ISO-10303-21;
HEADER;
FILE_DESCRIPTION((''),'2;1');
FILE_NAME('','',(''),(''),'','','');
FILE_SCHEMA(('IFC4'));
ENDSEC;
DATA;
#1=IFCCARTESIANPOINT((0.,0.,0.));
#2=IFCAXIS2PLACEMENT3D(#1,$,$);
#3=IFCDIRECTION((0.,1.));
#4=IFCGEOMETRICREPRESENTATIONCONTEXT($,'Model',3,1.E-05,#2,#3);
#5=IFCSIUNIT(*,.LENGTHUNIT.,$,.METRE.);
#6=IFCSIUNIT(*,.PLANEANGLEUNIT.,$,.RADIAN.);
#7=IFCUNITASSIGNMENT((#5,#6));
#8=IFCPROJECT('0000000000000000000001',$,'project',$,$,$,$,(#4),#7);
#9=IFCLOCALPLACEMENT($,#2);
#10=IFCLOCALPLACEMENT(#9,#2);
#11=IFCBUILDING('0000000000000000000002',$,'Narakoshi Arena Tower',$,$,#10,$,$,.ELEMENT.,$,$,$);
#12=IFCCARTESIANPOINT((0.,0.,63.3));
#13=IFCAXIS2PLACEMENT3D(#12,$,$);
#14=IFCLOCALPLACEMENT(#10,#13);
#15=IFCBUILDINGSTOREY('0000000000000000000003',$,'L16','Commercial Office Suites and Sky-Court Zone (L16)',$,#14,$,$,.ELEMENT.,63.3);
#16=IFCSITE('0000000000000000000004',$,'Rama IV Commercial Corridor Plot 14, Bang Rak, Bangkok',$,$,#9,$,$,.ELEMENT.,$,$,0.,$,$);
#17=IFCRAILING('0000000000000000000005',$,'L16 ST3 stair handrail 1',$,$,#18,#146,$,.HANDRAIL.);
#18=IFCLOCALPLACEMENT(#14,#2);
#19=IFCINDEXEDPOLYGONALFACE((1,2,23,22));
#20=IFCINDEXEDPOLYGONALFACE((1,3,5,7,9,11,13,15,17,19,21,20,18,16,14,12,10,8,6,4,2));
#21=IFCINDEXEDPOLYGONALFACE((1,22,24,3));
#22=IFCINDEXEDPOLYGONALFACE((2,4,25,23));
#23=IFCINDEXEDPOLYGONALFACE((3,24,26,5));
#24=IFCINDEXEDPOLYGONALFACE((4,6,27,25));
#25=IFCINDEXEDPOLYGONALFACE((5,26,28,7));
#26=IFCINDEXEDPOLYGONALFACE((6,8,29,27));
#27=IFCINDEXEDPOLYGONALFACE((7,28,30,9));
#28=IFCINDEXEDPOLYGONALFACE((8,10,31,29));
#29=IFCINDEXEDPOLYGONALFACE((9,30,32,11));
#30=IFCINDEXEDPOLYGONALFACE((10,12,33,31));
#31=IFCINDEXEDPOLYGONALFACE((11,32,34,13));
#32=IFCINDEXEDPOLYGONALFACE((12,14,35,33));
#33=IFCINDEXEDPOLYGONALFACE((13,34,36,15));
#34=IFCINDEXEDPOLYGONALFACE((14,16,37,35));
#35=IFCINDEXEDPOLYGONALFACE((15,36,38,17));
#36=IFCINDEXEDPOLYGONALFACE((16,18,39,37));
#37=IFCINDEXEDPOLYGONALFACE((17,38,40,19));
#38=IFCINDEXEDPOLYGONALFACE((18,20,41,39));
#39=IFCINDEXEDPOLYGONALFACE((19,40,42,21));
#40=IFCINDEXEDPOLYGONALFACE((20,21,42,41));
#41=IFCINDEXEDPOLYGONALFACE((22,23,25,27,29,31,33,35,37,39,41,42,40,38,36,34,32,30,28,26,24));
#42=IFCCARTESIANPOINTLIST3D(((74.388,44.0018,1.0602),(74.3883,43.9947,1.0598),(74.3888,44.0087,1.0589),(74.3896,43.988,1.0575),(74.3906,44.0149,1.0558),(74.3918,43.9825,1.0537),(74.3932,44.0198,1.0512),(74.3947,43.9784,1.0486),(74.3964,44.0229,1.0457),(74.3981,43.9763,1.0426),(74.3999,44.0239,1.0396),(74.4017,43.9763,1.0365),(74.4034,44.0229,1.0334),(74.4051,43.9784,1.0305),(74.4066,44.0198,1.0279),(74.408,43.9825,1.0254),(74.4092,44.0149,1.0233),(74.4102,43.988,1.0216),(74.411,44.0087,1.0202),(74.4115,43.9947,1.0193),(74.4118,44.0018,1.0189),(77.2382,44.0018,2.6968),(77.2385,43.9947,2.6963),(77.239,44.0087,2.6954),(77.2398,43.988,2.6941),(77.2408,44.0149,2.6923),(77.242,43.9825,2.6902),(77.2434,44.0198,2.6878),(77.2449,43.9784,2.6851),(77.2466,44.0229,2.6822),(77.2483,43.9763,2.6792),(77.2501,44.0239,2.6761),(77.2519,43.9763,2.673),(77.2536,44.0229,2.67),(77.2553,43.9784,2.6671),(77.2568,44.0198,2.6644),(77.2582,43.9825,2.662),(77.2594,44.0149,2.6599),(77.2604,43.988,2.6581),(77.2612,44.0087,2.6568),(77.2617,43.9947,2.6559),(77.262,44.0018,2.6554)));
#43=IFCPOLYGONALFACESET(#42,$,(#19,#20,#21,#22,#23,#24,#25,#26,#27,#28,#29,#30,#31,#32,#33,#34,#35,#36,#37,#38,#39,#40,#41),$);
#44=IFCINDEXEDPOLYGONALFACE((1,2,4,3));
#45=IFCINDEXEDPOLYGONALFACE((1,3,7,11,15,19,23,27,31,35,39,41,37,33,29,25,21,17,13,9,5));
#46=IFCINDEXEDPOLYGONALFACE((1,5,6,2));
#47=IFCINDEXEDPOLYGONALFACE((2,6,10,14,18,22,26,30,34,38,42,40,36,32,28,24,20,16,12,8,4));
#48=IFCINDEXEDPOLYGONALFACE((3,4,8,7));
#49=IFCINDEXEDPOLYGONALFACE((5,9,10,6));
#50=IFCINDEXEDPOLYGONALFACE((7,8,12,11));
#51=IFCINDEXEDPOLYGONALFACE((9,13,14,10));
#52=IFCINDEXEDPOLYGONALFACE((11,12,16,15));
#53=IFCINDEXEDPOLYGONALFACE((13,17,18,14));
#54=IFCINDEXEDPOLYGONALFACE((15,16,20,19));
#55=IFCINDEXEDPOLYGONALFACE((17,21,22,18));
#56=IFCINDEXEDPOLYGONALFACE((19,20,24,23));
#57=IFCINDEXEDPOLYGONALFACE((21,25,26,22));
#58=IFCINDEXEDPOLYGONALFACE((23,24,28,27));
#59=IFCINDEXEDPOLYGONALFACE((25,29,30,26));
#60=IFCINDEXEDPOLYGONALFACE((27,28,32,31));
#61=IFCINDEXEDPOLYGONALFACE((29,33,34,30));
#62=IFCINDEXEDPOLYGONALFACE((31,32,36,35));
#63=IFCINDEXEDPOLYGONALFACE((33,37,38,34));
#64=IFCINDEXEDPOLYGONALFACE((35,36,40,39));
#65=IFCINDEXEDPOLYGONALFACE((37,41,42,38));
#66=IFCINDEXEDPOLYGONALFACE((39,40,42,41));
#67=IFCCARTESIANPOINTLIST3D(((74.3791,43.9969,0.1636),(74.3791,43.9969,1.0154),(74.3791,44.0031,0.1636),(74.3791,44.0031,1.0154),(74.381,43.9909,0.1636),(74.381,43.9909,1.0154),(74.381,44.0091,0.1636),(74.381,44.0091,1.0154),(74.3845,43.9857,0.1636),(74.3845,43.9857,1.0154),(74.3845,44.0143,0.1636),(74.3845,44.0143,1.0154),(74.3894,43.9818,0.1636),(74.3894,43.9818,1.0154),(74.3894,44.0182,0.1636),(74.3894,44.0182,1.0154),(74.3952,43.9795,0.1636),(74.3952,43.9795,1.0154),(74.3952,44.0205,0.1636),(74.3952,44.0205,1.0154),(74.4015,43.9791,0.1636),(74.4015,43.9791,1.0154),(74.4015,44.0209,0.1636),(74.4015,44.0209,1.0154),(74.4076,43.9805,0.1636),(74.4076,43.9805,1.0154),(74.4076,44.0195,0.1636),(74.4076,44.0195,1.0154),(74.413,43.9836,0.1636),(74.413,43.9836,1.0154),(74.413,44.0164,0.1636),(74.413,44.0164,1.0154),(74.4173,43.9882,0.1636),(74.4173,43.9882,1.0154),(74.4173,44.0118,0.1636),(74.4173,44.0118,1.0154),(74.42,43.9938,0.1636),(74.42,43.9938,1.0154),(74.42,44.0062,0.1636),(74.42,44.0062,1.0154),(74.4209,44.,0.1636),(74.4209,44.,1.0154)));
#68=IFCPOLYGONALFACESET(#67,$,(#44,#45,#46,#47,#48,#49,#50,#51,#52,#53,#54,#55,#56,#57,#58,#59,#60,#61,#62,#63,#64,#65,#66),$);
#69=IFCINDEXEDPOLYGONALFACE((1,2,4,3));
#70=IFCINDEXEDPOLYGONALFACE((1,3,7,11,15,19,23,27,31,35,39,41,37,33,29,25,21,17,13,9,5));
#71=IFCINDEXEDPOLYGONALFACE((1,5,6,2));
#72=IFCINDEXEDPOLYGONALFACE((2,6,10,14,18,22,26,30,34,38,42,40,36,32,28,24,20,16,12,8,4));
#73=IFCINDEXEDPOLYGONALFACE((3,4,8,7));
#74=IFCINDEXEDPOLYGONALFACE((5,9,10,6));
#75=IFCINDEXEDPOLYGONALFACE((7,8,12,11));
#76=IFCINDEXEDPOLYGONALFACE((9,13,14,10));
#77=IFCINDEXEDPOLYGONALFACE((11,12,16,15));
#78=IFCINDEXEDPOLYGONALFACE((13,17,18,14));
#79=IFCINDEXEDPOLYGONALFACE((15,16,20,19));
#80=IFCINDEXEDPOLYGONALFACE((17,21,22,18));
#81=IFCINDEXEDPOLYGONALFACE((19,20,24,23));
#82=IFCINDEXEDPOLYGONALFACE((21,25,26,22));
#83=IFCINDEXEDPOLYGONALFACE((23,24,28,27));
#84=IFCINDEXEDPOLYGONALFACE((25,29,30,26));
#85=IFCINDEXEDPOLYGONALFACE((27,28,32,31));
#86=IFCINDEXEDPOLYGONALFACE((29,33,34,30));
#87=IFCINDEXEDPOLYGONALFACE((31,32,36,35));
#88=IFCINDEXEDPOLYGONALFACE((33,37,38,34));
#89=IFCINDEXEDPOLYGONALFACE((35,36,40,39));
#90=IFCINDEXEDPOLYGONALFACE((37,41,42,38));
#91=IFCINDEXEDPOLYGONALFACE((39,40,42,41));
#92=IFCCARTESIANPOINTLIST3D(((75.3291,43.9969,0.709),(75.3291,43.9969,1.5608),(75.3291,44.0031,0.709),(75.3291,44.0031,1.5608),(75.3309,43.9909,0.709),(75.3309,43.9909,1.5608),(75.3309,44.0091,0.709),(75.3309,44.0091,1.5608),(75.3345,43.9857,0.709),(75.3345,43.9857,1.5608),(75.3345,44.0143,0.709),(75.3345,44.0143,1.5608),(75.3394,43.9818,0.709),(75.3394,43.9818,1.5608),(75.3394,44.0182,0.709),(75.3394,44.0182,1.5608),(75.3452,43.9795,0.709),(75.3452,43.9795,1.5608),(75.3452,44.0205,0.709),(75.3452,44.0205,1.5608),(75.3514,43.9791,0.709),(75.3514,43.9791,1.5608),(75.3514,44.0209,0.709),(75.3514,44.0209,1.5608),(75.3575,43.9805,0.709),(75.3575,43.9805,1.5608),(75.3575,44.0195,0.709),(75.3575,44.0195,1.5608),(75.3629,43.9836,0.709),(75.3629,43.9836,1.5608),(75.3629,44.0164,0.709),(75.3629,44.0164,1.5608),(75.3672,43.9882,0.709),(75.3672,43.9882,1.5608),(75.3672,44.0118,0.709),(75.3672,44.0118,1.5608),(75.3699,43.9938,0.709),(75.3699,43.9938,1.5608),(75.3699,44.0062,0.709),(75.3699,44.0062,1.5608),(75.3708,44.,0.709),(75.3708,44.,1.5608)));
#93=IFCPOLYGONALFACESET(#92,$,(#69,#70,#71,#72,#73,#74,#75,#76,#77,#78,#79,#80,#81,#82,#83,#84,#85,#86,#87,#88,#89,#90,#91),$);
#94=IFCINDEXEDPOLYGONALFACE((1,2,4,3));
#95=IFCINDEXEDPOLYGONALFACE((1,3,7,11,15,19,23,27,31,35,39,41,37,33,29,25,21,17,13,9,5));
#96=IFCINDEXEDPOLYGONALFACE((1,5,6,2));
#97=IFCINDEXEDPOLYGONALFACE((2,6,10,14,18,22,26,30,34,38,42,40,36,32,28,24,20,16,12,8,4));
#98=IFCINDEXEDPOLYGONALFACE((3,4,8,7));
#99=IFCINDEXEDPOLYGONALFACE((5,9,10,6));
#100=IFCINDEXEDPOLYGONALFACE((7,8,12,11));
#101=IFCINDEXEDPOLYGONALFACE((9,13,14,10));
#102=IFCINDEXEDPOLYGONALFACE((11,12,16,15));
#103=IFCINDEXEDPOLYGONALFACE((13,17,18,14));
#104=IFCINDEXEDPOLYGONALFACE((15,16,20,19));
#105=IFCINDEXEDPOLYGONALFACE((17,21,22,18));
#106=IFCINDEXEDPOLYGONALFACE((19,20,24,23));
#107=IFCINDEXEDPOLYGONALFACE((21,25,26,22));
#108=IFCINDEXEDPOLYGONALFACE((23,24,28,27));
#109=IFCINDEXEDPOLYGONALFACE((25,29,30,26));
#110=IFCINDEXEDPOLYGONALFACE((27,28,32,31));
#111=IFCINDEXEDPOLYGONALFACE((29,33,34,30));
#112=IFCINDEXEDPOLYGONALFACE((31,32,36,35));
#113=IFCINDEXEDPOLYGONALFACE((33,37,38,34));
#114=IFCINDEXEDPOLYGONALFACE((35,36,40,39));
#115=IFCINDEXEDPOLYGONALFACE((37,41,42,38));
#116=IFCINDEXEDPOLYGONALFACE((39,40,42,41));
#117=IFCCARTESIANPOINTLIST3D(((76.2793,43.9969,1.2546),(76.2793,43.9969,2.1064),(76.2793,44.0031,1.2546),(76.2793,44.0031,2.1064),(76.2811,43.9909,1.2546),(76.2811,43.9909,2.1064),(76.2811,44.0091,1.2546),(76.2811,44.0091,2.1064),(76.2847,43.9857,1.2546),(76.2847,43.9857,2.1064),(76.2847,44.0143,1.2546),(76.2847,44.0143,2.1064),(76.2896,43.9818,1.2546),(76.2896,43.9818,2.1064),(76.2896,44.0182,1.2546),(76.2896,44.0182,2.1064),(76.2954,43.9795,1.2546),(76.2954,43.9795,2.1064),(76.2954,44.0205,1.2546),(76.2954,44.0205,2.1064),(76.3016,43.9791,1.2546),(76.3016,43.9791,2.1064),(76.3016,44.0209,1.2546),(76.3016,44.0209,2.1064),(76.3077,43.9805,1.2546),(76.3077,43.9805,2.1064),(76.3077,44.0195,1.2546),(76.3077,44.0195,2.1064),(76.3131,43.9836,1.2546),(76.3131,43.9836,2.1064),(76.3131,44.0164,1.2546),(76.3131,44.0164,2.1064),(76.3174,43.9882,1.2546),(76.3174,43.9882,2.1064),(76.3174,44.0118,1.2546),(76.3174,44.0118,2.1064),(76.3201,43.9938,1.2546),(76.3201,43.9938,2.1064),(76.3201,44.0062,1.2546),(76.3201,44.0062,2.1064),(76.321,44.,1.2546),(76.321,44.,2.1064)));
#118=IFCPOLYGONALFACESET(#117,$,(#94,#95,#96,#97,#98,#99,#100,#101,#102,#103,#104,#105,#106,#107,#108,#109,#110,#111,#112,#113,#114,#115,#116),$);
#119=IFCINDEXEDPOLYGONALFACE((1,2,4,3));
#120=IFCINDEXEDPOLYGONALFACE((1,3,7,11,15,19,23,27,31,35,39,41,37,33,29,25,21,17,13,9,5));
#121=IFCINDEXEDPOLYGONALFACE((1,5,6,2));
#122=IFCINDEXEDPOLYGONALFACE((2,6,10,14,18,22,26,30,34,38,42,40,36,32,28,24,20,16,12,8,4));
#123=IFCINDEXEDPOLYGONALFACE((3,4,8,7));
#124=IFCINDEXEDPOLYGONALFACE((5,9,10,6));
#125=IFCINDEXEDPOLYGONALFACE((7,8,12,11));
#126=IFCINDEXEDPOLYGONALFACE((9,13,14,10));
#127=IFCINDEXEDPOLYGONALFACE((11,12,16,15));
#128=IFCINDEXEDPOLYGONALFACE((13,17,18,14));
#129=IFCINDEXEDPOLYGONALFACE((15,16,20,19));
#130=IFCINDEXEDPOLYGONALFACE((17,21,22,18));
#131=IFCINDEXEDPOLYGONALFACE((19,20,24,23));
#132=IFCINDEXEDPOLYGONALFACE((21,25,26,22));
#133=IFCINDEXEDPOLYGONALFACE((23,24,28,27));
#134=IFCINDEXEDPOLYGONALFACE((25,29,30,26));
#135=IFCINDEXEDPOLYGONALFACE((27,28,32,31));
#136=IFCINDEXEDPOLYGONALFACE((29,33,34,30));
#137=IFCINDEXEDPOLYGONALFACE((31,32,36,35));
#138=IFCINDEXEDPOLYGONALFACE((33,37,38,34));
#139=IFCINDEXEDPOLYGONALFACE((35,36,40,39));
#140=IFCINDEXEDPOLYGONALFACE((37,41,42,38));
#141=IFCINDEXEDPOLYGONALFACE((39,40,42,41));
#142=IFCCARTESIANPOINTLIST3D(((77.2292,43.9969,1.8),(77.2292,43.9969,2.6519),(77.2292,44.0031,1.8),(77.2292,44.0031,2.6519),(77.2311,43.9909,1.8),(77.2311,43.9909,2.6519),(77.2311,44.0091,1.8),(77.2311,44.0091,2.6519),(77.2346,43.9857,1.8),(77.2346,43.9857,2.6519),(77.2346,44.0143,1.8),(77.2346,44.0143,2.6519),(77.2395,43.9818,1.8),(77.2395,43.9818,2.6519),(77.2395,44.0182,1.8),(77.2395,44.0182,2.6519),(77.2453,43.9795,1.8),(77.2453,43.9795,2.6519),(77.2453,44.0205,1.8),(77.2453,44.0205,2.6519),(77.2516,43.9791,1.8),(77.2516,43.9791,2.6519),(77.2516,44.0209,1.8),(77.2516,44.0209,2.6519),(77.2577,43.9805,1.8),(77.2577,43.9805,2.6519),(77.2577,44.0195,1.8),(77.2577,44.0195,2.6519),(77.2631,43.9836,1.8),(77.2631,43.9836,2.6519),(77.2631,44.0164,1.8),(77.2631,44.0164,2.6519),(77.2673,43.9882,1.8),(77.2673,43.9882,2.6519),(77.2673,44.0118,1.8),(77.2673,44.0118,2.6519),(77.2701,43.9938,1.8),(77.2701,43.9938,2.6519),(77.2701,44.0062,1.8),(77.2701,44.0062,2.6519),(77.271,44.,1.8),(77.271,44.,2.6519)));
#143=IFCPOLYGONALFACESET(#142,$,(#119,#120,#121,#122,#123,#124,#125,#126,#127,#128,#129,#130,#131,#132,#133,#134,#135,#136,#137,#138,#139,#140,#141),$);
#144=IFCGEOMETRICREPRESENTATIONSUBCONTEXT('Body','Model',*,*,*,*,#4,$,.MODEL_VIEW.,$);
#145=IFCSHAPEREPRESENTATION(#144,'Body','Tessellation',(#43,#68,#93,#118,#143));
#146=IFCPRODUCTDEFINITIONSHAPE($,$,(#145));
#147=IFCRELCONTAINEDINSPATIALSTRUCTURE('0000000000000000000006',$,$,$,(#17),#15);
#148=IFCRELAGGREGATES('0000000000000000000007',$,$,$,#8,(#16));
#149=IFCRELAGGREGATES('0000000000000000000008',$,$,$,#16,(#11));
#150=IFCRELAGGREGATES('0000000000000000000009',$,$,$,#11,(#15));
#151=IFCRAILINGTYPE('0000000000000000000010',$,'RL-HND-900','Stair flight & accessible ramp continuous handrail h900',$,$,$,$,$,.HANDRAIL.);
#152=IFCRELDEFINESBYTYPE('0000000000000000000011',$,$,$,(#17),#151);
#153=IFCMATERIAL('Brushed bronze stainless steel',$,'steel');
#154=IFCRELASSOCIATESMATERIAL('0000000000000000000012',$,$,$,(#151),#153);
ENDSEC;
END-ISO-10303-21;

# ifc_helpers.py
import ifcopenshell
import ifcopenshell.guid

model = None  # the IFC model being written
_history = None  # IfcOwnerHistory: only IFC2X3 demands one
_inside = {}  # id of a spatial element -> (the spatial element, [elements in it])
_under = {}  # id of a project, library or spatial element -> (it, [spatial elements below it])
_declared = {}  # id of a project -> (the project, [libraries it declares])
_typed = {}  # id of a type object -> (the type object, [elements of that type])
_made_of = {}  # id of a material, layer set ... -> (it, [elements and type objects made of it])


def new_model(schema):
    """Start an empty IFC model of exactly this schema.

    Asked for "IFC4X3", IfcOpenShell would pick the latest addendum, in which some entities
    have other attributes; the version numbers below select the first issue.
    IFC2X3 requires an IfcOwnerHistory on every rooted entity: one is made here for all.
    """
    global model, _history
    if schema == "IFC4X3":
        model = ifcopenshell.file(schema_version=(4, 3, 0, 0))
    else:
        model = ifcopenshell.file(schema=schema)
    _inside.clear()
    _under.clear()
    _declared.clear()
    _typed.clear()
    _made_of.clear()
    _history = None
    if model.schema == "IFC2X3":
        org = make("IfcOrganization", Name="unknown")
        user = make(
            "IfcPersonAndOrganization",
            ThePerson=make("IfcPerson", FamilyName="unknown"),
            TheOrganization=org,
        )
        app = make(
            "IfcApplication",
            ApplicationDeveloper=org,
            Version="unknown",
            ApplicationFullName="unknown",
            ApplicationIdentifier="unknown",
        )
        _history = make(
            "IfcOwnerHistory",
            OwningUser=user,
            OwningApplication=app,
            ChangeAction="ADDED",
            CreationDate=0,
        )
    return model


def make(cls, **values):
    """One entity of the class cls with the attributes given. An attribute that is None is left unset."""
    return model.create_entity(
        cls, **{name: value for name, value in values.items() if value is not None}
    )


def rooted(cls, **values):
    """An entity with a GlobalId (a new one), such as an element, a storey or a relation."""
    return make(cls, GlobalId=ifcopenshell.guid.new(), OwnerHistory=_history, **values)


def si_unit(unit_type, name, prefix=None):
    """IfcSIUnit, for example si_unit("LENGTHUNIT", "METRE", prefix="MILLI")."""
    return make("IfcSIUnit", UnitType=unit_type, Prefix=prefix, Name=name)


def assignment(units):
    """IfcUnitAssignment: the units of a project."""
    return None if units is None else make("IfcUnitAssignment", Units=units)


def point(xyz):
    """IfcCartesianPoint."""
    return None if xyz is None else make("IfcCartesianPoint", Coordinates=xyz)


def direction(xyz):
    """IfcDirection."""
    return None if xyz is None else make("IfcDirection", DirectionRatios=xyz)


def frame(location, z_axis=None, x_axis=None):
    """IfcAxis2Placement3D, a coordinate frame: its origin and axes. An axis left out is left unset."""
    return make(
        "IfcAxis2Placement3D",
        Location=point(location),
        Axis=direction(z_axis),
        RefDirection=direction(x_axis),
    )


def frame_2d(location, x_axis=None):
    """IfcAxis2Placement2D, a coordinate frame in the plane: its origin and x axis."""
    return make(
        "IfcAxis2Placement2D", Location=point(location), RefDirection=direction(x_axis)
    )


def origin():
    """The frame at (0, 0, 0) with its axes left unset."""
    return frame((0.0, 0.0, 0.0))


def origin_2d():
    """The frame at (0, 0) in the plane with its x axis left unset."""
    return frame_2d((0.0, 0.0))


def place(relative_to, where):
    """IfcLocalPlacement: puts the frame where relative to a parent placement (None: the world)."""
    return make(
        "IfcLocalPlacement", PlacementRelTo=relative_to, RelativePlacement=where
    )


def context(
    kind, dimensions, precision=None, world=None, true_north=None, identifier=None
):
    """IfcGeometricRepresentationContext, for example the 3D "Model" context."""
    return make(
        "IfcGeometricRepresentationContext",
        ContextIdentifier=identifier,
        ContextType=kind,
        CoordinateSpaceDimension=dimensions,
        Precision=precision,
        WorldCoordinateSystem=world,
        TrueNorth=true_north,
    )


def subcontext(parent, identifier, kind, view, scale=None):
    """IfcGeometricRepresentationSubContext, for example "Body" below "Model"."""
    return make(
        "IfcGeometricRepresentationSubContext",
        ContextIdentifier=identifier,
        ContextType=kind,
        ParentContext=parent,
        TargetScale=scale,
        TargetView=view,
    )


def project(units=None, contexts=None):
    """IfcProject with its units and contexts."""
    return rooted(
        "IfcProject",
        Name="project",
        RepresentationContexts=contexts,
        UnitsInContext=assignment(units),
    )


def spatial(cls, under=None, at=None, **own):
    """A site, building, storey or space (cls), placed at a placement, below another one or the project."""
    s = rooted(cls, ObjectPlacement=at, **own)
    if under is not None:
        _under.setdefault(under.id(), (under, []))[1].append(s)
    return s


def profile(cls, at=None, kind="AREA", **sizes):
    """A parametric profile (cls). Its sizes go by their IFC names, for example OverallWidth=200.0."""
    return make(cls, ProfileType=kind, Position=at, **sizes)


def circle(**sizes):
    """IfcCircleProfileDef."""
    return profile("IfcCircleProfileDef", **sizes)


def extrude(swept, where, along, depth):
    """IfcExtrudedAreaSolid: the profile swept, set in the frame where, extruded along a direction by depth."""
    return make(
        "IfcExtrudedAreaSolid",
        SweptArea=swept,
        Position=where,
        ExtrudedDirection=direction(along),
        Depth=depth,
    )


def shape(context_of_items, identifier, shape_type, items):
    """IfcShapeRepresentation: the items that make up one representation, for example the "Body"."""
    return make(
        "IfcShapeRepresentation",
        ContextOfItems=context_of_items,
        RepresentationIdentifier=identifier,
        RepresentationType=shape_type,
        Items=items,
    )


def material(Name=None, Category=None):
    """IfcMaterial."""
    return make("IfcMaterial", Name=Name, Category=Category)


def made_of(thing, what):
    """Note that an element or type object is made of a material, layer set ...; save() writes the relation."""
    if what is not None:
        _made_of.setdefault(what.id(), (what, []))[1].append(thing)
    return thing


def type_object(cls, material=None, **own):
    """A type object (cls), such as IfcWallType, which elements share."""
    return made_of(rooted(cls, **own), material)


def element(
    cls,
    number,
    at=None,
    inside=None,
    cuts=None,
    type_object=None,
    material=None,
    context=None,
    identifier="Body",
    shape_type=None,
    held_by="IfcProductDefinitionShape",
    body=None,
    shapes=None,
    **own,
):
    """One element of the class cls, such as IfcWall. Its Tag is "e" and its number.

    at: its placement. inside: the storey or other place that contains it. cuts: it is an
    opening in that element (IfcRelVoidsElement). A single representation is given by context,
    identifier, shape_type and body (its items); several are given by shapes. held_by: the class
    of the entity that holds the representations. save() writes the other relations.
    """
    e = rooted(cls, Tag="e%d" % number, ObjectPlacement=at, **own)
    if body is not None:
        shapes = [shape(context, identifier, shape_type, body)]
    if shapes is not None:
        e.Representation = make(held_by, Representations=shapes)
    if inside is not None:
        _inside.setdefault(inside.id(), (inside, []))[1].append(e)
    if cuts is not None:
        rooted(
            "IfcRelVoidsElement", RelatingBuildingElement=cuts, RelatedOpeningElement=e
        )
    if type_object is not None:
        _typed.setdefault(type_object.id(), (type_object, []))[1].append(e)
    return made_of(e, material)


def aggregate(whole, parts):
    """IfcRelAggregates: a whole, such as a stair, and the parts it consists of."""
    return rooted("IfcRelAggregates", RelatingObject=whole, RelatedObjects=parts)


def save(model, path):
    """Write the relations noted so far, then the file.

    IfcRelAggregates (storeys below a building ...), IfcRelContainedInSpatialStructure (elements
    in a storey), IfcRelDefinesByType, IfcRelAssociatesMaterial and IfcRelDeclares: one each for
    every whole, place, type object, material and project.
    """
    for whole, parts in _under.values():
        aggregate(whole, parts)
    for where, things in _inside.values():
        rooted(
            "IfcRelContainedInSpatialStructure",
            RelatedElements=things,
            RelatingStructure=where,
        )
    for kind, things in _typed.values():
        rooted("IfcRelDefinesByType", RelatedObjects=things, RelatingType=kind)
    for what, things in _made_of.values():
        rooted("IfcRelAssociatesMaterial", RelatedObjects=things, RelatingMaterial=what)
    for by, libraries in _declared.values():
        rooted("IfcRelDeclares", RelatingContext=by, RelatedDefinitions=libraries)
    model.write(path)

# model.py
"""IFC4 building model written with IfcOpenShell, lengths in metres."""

from ifc_helpers import new_model, si_unit, direction, frame, origin, origin_2d, place, context, subcontext, project, spatial, circle, extrude, material, type_object, element, save


model = new_model("IFC4")

# Units and contexts
model_context = context("Model", 3, precision=1e-05, world=origin(), true_north=direction((0.0, 1.0)))
body_context = subcontext(model_context, "Body", "Model", "MODEL_VIEW")
ifc_project = project(units=[si_unit("LENGTHUNIT", "METRE"), si_unit("PLANEANGLEUNIT", "RADIAN")], contexts=[model_context])

# Site, building, storey
site_placement = place(None, origin())
site = spatial("IfcSite", under=ifc_project, at=site_placement, Name="Rama IV Commercial Corridor Plot 14, Bang Rak, Bangkok", CompositionType="ELEMENT", RefElevation=0.0)
building_placement = place(site_placement, origin())
building = spatial("IfcBuilding", under=site, at=building_placement, Name="Narakoshi Arena Tower", CompositionType="ELEMENT")
storey_placement = place(building_placement, frame((0.0, 0.0, 63.3)))
storey = spatial("IfcBuildingStorey", under=building, at=storey_placement, Name="L16", Description="Commercial Office Suites and Sky-Court Zone (L16)", CompositionType="ELEMENT", Elevation=63.3)

# Shared definitions
ifc_material_1 = material(Name="Brushed bronze stainless steel", Category="steel")

# Railing
railing_type_1 = type_object("IfcRailingType", Name="RL-HND-900", Description="Stair flight & accessible ramp continuous handrail h900", PredefinedType="HANDRAIL", material=ifc_material_1)
railing_1_placement = place(storey_placement, frame((74.3999, 44.0, 0.1636)))
element("IfcRailing", 1, at=railing_1_placement, inside=storey, type_object=railing_type_1, Name="L16 ST3 stair handrail 1", PredefinedType="HANDRAIL", context=body_context, shape_type="SweptSolid", body=[
    extrude(circle(Radius=0.0239, at=origin_2d()), frame((0.0, 0.0, 0.876), z_axis=(0.867213, 0.0, 0.497938), x_axis=(0.0, 1.0, 0.0)), (0.0, 0.0, 1.0), 3.2866),
    extrude(circle(Radius=0.021, at=origin_2d()), origin(), (0.0, 0.0, 1.0), 0.8518),
    extrude(circle(Radius=0.021, at=origin_2d()), frame((0.95, 0.0, 0.5454)), (0.0, 0.0, 1.0), 0.8518),
    extrude(circle(Radius=0.021, at=origin_2d()), frame((1.9001, 0.0, 1.0911)), (0.0, 0.0, 1.0), 0.8518),
    extrude(circle(Radius=0.021, at=origin_2d()), frame((2.8501, 0.0, 1.6365)), (0.0, 0.0, 1.0), 0.8518),
])

save(model, "model.ifc")
